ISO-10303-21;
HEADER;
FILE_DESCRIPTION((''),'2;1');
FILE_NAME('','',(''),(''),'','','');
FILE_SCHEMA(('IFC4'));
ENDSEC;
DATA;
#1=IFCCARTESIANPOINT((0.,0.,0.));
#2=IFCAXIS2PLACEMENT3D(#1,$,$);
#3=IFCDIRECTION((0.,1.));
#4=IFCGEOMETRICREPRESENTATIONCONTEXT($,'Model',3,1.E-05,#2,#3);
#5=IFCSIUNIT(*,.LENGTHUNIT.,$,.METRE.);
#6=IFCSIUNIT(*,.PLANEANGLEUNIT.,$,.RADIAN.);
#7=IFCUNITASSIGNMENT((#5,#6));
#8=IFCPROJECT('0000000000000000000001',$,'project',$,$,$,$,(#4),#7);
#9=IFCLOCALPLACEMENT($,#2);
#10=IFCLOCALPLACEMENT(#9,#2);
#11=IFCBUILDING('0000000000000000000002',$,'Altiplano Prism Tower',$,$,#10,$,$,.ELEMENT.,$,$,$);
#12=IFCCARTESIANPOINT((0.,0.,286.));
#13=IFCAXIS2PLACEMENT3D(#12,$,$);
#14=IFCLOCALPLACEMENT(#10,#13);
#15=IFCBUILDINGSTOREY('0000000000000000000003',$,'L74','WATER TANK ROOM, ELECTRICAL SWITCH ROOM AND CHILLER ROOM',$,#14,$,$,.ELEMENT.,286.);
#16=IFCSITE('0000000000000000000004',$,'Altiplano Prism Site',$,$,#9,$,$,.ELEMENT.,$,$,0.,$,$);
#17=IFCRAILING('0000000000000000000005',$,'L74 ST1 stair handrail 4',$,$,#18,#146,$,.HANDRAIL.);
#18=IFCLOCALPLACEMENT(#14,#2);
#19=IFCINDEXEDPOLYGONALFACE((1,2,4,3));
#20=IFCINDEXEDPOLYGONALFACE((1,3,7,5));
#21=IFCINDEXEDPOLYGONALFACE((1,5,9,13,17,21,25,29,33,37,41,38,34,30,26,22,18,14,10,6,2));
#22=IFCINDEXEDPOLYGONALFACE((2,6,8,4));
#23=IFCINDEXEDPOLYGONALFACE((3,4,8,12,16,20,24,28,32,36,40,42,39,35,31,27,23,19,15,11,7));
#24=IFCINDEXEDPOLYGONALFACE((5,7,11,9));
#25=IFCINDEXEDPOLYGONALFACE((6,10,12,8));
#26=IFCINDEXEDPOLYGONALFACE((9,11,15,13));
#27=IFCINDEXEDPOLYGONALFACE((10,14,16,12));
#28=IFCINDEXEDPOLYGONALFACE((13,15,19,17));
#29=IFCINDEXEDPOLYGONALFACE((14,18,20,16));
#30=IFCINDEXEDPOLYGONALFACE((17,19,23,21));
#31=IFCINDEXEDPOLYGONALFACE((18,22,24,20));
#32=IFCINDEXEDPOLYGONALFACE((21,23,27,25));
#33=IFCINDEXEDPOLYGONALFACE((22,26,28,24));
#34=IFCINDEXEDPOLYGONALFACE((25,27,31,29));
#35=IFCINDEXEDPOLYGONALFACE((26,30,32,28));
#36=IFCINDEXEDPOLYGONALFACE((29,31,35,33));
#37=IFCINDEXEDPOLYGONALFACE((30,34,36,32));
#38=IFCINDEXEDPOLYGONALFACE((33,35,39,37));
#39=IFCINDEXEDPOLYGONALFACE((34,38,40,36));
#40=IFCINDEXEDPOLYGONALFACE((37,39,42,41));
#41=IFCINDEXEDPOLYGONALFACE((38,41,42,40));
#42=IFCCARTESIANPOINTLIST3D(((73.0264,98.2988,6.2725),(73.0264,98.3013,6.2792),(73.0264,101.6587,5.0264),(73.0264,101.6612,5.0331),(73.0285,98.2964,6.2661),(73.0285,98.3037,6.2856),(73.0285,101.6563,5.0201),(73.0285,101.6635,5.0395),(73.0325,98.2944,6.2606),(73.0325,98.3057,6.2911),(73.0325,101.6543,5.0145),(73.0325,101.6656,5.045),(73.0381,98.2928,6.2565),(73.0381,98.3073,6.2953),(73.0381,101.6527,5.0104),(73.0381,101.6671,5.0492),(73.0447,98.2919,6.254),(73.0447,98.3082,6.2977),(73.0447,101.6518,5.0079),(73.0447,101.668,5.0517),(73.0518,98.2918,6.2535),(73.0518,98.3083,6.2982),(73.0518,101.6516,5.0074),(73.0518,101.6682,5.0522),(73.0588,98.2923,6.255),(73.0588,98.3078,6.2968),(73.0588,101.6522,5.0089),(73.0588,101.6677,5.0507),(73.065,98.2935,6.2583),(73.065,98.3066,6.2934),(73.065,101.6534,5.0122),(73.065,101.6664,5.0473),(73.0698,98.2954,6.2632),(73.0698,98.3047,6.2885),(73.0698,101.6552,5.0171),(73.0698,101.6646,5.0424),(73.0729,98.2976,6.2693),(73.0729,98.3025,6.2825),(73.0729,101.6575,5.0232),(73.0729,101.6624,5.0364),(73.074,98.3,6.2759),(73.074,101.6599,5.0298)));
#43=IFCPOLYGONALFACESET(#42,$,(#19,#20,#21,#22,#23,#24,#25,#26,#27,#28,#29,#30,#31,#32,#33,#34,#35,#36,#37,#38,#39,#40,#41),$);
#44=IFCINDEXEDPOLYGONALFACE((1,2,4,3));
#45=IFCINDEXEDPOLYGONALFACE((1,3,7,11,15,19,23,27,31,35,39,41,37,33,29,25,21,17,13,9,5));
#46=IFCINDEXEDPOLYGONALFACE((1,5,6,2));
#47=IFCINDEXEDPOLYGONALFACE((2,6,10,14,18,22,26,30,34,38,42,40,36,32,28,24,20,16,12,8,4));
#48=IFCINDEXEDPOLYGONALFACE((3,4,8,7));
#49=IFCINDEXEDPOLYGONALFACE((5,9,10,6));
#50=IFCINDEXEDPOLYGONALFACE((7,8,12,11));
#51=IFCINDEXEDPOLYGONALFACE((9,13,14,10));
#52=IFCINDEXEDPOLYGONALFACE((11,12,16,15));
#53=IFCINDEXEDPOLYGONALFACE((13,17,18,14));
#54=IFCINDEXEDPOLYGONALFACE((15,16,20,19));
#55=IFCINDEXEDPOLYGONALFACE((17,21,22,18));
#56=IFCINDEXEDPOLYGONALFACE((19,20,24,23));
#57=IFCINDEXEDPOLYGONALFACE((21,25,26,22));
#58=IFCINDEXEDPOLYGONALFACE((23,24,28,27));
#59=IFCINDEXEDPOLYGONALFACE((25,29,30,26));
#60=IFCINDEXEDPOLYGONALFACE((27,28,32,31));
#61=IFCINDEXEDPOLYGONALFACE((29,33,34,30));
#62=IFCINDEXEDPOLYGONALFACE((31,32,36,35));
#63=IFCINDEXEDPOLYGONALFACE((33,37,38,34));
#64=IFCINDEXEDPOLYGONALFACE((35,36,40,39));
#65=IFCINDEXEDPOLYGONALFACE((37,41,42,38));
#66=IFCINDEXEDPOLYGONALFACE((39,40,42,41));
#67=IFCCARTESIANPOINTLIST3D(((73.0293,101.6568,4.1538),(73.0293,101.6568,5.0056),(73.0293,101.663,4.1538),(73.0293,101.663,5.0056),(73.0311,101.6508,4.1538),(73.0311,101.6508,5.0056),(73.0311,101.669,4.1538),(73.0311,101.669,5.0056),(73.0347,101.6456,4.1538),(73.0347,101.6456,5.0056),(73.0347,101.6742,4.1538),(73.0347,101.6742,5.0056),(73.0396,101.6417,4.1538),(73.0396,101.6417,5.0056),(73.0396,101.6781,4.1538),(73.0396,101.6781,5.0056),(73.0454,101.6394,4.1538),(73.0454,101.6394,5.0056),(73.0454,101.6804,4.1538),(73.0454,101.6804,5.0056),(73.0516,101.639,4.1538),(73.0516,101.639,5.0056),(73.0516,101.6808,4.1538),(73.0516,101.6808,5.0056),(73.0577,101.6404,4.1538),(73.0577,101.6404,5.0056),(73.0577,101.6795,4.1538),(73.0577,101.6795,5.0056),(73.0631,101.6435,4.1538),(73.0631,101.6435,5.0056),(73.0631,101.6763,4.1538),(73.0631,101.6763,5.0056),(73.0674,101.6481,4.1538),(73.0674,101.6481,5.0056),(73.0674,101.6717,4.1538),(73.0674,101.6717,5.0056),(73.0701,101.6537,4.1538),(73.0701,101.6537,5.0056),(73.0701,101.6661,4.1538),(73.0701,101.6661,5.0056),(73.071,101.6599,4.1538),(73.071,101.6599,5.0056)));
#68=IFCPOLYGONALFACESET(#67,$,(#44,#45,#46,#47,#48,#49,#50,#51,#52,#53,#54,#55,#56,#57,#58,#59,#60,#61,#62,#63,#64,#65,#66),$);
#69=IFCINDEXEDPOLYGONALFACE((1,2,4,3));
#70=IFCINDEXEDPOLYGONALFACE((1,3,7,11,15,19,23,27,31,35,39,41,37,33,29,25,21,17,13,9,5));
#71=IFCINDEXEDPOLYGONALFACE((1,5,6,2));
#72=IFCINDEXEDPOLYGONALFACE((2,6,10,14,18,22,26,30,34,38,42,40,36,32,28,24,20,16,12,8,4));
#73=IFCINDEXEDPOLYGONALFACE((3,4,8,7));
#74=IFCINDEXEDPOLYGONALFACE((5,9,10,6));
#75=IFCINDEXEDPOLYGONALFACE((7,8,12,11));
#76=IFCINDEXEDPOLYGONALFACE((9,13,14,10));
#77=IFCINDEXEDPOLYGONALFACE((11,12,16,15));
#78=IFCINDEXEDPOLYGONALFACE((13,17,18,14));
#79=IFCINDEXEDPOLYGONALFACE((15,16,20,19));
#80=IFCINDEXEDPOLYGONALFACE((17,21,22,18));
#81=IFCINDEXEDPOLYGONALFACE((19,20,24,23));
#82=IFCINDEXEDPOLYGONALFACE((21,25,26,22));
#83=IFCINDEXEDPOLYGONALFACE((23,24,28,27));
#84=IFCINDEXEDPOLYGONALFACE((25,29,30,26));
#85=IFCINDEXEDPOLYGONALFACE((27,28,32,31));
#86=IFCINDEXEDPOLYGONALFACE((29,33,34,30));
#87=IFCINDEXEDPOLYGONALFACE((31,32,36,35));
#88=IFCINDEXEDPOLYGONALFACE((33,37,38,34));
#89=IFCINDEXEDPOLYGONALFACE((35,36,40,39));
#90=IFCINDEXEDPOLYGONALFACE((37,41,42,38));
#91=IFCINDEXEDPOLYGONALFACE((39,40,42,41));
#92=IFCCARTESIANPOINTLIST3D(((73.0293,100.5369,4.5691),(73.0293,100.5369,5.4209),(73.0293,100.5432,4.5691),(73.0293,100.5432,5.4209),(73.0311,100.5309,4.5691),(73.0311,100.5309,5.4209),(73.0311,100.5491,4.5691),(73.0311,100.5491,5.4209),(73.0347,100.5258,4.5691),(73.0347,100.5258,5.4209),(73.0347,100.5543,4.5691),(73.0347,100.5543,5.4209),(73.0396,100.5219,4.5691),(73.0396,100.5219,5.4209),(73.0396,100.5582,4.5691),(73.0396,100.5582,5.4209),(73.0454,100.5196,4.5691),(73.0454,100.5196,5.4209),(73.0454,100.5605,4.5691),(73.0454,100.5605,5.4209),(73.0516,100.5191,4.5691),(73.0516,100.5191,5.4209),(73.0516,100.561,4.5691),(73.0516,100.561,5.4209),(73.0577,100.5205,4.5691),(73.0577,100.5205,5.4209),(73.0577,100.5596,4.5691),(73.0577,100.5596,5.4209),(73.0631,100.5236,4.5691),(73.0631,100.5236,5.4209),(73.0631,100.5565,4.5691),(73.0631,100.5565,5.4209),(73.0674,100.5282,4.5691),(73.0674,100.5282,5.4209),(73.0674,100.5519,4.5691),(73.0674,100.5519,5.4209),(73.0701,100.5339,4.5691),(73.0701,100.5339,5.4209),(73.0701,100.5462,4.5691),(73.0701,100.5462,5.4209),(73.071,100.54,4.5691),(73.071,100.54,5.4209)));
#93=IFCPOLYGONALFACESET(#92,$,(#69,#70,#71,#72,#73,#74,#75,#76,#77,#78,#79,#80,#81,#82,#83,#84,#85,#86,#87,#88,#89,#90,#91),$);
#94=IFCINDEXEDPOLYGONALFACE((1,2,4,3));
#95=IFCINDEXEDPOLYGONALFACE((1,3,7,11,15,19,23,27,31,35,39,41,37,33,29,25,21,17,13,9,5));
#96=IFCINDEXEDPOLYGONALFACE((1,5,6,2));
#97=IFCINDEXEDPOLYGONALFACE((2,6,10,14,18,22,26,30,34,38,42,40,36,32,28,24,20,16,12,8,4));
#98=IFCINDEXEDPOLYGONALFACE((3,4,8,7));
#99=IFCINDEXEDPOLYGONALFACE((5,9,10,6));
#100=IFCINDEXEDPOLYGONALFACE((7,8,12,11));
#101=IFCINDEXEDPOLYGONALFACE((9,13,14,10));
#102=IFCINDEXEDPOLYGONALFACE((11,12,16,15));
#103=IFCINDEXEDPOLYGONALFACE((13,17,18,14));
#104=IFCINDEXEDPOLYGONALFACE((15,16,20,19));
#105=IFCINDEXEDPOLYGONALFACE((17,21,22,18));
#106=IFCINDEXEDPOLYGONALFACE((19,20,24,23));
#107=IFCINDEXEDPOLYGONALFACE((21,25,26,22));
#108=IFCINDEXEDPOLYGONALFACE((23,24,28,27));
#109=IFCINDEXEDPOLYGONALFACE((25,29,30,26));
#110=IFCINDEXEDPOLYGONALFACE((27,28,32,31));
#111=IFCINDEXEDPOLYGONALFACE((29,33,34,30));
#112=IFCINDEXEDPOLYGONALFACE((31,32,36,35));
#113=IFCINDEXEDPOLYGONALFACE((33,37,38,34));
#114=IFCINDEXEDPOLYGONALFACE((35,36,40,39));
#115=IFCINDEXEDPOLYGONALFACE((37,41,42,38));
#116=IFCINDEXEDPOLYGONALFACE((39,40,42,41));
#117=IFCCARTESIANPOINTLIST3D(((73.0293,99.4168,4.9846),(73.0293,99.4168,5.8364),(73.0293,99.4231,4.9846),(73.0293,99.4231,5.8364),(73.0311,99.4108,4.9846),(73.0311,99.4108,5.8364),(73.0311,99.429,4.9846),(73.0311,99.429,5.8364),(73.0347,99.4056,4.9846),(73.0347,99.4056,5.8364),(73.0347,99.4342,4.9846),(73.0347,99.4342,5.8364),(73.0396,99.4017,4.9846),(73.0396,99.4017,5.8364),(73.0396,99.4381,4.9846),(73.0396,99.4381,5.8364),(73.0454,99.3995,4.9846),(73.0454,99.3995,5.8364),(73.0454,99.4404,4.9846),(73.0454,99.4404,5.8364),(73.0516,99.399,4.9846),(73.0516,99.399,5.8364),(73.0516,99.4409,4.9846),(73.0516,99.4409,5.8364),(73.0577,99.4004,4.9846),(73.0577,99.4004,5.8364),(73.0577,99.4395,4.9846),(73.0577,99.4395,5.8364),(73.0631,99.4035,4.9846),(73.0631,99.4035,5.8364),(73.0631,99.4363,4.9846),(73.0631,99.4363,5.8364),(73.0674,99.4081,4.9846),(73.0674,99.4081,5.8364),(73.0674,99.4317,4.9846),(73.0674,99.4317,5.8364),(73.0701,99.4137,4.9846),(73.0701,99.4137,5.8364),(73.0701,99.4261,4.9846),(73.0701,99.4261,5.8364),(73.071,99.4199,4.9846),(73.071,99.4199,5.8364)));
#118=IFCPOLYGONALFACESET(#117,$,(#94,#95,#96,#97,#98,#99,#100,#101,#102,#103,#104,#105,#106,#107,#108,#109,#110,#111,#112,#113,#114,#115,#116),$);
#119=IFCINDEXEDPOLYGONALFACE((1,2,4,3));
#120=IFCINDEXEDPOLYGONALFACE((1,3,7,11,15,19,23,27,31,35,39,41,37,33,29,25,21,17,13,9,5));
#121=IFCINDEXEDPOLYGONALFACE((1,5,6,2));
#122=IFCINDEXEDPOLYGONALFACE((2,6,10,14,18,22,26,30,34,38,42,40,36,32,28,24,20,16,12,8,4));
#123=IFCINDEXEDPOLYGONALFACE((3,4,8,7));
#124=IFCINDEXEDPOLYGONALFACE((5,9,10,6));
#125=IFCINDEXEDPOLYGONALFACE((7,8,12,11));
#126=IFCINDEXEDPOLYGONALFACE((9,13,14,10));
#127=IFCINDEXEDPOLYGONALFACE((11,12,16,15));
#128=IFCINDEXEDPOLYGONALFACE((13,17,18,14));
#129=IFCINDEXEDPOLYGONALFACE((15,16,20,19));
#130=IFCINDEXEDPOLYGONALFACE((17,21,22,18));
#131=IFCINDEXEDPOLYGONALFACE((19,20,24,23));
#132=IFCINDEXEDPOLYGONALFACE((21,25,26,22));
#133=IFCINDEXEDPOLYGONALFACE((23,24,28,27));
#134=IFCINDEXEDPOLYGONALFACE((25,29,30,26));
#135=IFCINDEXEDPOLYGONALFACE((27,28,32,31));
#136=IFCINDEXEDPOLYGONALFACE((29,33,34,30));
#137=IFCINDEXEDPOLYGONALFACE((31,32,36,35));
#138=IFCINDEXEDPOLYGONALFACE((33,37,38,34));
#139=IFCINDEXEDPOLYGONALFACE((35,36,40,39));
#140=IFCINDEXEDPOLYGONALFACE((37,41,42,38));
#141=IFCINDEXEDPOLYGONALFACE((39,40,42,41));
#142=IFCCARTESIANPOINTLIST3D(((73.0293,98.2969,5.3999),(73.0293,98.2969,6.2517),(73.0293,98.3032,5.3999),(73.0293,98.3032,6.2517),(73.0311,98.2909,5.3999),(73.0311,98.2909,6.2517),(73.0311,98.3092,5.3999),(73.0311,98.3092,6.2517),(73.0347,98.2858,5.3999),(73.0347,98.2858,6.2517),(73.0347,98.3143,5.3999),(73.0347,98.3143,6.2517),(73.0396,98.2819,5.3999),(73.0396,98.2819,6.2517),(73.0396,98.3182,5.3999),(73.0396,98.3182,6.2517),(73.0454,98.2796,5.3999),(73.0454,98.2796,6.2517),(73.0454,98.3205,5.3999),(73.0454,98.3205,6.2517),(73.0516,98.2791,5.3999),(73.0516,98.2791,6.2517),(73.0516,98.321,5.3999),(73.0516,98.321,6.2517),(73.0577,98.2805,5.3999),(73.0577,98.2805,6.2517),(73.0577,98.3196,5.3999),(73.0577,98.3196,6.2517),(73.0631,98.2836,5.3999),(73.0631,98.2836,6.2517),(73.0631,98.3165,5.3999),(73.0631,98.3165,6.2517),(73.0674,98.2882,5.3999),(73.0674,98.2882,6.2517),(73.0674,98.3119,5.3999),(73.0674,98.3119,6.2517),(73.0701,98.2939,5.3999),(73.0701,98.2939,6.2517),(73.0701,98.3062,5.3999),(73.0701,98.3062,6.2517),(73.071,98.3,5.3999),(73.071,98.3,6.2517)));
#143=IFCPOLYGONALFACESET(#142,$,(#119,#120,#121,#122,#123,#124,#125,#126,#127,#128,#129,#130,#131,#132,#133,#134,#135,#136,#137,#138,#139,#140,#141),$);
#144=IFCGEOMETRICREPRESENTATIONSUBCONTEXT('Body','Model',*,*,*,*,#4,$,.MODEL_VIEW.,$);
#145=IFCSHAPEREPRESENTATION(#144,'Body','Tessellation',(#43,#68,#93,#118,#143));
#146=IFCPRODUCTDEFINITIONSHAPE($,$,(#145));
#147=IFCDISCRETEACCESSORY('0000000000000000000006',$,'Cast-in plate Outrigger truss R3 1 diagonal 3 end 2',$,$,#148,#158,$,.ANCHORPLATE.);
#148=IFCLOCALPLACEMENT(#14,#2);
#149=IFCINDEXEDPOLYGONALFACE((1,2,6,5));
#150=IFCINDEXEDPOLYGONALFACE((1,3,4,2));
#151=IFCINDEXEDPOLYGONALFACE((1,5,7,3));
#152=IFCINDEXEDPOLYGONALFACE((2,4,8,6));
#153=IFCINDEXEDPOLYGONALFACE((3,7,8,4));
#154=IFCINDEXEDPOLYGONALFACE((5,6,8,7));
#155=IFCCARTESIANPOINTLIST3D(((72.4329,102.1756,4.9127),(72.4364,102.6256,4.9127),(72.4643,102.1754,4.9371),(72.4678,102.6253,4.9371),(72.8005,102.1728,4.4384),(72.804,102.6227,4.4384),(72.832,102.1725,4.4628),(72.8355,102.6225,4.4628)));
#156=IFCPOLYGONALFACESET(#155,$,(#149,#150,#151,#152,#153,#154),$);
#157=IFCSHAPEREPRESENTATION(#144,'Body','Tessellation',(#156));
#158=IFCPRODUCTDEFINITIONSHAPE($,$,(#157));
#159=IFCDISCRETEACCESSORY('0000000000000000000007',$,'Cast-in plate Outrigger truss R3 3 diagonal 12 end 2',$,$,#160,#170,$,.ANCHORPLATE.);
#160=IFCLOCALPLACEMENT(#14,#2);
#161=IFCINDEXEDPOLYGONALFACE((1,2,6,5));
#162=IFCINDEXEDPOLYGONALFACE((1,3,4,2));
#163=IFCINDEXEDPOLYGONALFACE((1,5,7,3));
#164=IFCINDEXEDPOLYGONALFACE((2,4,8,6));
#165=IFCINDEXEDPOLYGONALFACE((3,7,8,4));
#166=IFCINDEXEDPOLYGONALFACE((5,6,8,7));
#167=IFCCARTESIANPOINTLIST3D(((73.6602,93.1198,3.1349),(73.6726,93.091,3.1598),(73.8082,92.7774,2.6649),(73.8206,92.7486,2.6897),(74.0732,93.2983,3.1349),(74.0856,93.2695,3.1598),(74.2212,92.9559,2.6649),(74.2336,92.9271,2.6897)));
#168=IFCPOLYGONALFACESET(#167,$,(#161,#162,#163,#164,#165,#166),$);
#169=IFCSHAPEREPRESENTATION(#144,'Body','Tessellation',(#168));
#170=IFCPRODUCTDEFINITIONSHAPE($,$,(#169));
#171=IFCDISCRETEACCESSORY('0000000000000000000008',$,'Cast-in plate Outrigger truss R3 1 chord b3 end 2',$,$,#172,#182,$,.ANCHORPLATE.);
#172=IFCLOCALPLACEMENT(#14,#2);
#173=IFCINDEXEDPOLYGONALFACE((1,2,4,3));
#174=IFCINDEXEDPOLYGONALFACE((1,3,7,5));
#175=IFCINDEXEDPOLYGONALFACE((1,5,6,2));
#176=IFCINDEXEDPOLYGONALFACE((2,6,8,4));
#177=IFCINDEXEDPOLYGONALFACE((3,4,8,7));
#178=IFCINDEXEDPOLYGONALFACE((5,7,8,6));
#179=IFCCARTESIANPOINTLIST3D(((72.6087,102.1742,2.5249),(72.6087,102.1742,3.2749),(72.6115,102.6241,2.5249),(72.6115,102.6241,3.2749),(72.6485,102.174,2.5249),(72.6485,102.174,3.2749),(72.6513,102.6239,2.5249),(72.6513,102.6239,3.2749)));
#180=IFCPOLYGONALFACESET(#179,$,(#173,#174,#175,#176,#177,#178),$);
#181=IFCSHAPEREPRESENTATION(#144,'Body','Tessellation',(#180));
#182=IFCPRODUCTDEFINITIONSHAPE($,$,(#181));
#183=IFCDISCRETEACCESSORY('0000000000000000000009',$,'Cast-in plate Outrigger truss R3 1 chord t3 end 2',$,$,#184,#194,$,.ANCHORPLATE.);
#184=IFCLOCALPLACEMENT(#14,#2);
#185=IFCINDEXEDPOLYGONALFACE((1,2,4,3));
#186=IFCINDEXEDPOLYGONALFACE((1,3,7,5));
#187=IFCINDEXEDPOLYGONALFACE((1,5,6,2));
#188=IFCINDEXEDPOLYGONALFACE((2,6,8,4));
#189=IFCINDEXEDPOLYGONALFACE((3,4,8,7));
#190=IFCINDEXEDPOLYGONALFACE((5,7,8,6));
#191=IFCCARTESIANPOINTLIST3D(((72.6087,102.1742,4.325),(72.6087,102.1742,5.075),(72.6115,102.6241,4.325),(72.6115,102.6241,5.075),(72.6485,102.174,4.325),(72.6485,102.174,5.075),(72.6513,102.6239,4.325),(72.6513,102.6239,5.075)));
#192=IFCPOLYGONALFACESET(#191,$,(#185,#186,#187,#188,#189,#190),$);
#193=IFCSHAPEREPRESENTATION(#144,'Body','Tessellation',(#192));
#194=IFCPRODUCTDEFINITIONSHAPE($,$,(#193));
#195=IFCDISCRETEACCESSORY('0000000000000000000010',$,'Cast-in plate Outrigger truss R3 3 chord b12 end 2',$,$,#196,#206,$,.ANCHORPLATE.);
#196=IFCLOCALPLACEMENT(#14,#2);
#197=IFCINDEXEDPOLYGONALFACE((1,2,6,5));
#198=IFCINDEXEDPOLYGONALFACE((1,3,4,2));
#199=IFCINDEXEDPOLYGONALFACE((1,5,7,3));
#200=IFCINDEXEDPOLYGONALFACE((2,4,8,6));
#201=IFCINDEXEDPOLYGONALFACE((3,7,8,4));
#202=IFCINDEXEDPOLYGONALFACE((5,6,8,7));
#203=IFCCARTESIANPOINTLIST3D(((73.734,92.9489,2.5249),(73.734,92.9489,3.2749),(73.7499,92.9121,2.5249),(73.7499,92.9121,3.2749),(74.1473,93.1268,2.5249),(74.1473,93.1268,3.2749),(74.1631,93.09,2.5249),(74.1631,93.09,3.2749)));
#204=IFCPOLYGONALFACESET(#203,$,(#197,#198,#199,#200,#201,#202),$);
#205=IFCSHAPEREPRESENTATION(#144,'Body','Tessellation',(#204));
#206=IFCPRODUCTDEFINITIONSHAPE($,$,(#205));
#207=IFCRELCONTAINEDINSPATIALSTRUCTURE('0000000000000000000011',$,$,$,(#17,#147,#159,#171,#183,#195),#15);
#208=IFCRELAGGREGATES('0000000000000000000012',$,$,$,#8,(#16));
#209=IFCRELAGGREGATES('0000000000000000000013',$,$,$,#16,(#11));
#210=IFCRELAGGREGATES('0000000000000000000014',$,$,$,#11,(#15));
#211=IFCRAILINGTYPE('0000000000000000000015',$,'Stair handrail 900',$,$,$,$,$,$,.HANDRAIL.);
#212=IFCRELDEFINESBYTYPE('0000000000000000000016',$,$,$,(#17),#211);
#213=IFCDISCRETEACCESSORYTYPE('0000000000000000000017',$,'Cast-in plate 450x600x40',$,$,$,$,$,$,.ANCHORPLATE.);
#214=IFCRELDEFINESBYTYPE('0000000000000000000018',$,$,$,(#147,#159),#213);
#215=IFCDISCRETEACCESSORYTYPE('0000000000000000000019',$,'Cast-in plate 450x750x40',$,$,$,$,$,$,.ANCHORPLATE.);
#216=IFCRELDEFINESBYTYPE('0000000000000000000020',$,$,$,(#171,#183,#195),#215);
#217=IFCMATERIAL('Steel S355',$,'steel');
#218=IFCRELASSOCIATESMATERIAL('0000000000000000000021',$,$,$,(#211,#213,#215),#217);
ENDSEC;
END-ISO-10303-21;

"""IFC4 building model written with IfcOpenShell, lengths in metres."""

from ifc_helpers import new_model, si_unit, direction, frame, origin, origin_2d, place, context, subcontext, project, spatial, rectangle, circle, extrude, material, material_profile, profile_set, type_object, element, save


model = new_model("IFC4")

# Units and contexts
model_context = context("Model", 3, precision=1e-05, world=origin(), true_north=direction((0.0, 1.0)))
body_context = subcontext(model_context, "Body", "Model", "MODEL_VIEW")
ifc_project = project(units=[si_unit("LENGTHUNIT", "METRE"), si_unit("PLANEANGLEUNIT", "RADIAN")], contexts=[model_context])

# Site, building, storey
site_placement = place(None, origin())
site = spatial("IfcSite", under=ifc_project, at=site_placement, Name="Altiplano Prism Site", CompositionType="ELEMENT", RefElevation=0.0)
building_placement = place(site_placement, origin())
building = spatial("IfcBuilding", under=site, at=building_placement, Name="Altiplano Prism Tower", CompositionType="ELEMENT")
storey_placement = place(building_placement, frame((0.0, 0.0, 286.0)))
storey = spatial("IfcBuildingStorey", under=building, at=storey_placement, Name="L74", Description="WATER TANK ROOM, ELECTRICAL SWITCH ROOM AND CHILLER ROOM", CompositionType="ELEMENT", Elevation=286.0)

# Shared definitions
ifc_material_1 = material(Name="Steel S355", Category="steel")

# Railing
railing_type_1 = type_object("IfcRailingType", Name="Stair handrail 900", PredefinedType="HANDRAIL", material=ifc_material_1)
for number, where, name in (
    (1, (73.05, 101.6599, 4.1538), "L74 ST1 stair handrail 4"),
):
    element("IfcRailing", number, at=place(storey_placement, frame(where)), inside=storey, type_object=railing_type_1, Name=name, PredefinedType="HANDRAIL", context=body_context, shape_type="SweptSolid", body=[
        extrude(circle(Radius=0.0239, at=origin_2d()), frame((0.0, 0.0, 0.876), z_axis=(0.0, -0.937594, 0.347731), x_axis=(1.0, 0.0, 0.0)), (0.0, 0.0, 1.0), 3.5835),
        extrude(circle(Radius=0.021, at=origin_2d()), origin(), (0.0, 0.0, 1.0), 0.8518),
        extrude(circle(Radius=0.021, at=origin_2d()), frame((0.0, -1.1199, 0.4153)), (0.0, 0.0, 1.0), 0.8518),
        extrude(circle(Radius=0.021, at=origin_2d()), frame((0.0, -2.24, 0.8308)), (0.0, 0.0, 1.0), 0.8518),
        extrude(circle(Radius=0.021, at=origin_2d()), frame((0.0, -3.3599, 1.2461)), (0.0, 0.0, 1.0), 0.8518),
    ])

# Discrete accessories
ifc_material_profile_1 = material_profile(ifc_material_1, rectangle(XDim=0.45, YDim=0.6001, at=origin_2d()), Name="Cast-in plate 450x600x40")
ifc_profile_set_1 = profile_set([ifc_material_profile_1], Name="Steel S355")
discrete_accessory_type_1 = type_object("IfcDiscreteAccessoryType", Name="Cast-in plate 450x600x40", PredefinedType="ANCHORPLATE", material=ifc_profile_set_1)
discrete_accessory_1_placement = place(storey_placement, frame((72.6499, 102.3989, 4.7), z_axis=(-0.790326, 0.006127, -0.612656), x_axis=(-0.007752, -0.99997, 0.0)))
element("IfcDiscreteAccessory", 2, at=discrete_accessory_1_placement, inside=storey, type_object=discrete_accessory_type_1, Name="Cast-in plate Outrigger truss R3 1 diagonal 3 end 2", PredefinedType="ANCHORPLATE", context=body_context, shape_type="SweptSolid", body=[
    extrude(rectangle(XDim=0.45, YDim=0.6001, at=origin_2d()), origin(), (0.0, 0.0, 1.0), 0.0398),
])
discrete_accessory_2_placement = place(storey_placement, frame((73.9407, 93.0378, 2.8999), z_axis=(0.310785, -0.719071, 0.62157), x_axis=(0.917934, 0.396734, 0.0)))
element("IfcDiscreteAccessory", 3, at=discrete_accessory_2_placement, inside=storey, type_object=discrete_accessory_type_1, Name="Cast-in plate Outrigger truss R3 3 diagonal 12 end 2", PredefinedType="ANCHORPLATE", context=body_context, shape_type="SweptSolid", body=[
    extrude(rectangle(XDim=0.45, YDim=0.6001, at=origin_2d()), origin(), (0.0, 0.0, 1.0), 0.04),
])
ifc_material_profile_2 = material_profile(ifc_material_1, rectangle(XDim=0.45, YDim=0.75, at=origin_2d()), Name="Cast-in plate 450x750x40")
ifc_profile_set_2 = profile_set([ifc_material_profile_2], Name="Steel S355")
discrete_accessory_type_2 = type_object("IfcDiscreteAccessoryType", Name="Cast-in plate 450x750x40", PredefinedType="ANCHORPLATE", material=ifc_profile_set_2)
for number, where, z_axis, x_axis, name in (
    (4, (72.6499, 102.3989, 2.8999), (-0.999981, 0.006135, 0.0), (-0.006135, -0.999981, 0.0), "Cast-in plate Outrigger truss R3 1 chord b3 end 2"),
    (5, (72.6499, 102.3989, 4.7), (-0.999981, 0.006135, 0.0), (-0.006135, -0.999981, 0.0), "Cast-in plate Outrigger truss R3 1 chord t3 end 2"),
):
    element("IfcDiscreteAccessory", number, at=place(storey_placement, frame(where, z_axis=z_axis, x_axis=x_axis)), inside=storey, type_object=discrete_accessory_type_2, Name=name, PredefinedType="ANCHORPLATE", context=body_context, shape_type="SweptSolid", body=[
        extrude(rectangle(XDim=0.45, YDim=0.75, at=origin_2d()), origin(), (0.0, 0.0, 1.0), 0.0398),
    ])
for number, where, z_axis, x_axis, name in (
    (6, (73.9407, 93.0378, 2.8999), (0.395387, -0.918515, 0.0), (0.918515, 0.395387, 0.0), "Cast-in plate Outrigger truss R3 3 chord b12 end 2"),
):
    element("IfcDiscreteAccessory", number, at=place(storey_placement, frame(where, z_axis=z_axis, x_axis=x_axis)), inside=storey, type_object=discrete_accessory_type_2, Name=name, PredefinedType="ANCHORPLATE", context=body_context, shape_type="SweptSolid", body=[
        extrude(rectangle(XDim=0.45, YDim=0.75, at=origin_2d()), origin(), (0.0, 0.0, 1.0), 0.04),
    ])

save(model, "model.ifc")
